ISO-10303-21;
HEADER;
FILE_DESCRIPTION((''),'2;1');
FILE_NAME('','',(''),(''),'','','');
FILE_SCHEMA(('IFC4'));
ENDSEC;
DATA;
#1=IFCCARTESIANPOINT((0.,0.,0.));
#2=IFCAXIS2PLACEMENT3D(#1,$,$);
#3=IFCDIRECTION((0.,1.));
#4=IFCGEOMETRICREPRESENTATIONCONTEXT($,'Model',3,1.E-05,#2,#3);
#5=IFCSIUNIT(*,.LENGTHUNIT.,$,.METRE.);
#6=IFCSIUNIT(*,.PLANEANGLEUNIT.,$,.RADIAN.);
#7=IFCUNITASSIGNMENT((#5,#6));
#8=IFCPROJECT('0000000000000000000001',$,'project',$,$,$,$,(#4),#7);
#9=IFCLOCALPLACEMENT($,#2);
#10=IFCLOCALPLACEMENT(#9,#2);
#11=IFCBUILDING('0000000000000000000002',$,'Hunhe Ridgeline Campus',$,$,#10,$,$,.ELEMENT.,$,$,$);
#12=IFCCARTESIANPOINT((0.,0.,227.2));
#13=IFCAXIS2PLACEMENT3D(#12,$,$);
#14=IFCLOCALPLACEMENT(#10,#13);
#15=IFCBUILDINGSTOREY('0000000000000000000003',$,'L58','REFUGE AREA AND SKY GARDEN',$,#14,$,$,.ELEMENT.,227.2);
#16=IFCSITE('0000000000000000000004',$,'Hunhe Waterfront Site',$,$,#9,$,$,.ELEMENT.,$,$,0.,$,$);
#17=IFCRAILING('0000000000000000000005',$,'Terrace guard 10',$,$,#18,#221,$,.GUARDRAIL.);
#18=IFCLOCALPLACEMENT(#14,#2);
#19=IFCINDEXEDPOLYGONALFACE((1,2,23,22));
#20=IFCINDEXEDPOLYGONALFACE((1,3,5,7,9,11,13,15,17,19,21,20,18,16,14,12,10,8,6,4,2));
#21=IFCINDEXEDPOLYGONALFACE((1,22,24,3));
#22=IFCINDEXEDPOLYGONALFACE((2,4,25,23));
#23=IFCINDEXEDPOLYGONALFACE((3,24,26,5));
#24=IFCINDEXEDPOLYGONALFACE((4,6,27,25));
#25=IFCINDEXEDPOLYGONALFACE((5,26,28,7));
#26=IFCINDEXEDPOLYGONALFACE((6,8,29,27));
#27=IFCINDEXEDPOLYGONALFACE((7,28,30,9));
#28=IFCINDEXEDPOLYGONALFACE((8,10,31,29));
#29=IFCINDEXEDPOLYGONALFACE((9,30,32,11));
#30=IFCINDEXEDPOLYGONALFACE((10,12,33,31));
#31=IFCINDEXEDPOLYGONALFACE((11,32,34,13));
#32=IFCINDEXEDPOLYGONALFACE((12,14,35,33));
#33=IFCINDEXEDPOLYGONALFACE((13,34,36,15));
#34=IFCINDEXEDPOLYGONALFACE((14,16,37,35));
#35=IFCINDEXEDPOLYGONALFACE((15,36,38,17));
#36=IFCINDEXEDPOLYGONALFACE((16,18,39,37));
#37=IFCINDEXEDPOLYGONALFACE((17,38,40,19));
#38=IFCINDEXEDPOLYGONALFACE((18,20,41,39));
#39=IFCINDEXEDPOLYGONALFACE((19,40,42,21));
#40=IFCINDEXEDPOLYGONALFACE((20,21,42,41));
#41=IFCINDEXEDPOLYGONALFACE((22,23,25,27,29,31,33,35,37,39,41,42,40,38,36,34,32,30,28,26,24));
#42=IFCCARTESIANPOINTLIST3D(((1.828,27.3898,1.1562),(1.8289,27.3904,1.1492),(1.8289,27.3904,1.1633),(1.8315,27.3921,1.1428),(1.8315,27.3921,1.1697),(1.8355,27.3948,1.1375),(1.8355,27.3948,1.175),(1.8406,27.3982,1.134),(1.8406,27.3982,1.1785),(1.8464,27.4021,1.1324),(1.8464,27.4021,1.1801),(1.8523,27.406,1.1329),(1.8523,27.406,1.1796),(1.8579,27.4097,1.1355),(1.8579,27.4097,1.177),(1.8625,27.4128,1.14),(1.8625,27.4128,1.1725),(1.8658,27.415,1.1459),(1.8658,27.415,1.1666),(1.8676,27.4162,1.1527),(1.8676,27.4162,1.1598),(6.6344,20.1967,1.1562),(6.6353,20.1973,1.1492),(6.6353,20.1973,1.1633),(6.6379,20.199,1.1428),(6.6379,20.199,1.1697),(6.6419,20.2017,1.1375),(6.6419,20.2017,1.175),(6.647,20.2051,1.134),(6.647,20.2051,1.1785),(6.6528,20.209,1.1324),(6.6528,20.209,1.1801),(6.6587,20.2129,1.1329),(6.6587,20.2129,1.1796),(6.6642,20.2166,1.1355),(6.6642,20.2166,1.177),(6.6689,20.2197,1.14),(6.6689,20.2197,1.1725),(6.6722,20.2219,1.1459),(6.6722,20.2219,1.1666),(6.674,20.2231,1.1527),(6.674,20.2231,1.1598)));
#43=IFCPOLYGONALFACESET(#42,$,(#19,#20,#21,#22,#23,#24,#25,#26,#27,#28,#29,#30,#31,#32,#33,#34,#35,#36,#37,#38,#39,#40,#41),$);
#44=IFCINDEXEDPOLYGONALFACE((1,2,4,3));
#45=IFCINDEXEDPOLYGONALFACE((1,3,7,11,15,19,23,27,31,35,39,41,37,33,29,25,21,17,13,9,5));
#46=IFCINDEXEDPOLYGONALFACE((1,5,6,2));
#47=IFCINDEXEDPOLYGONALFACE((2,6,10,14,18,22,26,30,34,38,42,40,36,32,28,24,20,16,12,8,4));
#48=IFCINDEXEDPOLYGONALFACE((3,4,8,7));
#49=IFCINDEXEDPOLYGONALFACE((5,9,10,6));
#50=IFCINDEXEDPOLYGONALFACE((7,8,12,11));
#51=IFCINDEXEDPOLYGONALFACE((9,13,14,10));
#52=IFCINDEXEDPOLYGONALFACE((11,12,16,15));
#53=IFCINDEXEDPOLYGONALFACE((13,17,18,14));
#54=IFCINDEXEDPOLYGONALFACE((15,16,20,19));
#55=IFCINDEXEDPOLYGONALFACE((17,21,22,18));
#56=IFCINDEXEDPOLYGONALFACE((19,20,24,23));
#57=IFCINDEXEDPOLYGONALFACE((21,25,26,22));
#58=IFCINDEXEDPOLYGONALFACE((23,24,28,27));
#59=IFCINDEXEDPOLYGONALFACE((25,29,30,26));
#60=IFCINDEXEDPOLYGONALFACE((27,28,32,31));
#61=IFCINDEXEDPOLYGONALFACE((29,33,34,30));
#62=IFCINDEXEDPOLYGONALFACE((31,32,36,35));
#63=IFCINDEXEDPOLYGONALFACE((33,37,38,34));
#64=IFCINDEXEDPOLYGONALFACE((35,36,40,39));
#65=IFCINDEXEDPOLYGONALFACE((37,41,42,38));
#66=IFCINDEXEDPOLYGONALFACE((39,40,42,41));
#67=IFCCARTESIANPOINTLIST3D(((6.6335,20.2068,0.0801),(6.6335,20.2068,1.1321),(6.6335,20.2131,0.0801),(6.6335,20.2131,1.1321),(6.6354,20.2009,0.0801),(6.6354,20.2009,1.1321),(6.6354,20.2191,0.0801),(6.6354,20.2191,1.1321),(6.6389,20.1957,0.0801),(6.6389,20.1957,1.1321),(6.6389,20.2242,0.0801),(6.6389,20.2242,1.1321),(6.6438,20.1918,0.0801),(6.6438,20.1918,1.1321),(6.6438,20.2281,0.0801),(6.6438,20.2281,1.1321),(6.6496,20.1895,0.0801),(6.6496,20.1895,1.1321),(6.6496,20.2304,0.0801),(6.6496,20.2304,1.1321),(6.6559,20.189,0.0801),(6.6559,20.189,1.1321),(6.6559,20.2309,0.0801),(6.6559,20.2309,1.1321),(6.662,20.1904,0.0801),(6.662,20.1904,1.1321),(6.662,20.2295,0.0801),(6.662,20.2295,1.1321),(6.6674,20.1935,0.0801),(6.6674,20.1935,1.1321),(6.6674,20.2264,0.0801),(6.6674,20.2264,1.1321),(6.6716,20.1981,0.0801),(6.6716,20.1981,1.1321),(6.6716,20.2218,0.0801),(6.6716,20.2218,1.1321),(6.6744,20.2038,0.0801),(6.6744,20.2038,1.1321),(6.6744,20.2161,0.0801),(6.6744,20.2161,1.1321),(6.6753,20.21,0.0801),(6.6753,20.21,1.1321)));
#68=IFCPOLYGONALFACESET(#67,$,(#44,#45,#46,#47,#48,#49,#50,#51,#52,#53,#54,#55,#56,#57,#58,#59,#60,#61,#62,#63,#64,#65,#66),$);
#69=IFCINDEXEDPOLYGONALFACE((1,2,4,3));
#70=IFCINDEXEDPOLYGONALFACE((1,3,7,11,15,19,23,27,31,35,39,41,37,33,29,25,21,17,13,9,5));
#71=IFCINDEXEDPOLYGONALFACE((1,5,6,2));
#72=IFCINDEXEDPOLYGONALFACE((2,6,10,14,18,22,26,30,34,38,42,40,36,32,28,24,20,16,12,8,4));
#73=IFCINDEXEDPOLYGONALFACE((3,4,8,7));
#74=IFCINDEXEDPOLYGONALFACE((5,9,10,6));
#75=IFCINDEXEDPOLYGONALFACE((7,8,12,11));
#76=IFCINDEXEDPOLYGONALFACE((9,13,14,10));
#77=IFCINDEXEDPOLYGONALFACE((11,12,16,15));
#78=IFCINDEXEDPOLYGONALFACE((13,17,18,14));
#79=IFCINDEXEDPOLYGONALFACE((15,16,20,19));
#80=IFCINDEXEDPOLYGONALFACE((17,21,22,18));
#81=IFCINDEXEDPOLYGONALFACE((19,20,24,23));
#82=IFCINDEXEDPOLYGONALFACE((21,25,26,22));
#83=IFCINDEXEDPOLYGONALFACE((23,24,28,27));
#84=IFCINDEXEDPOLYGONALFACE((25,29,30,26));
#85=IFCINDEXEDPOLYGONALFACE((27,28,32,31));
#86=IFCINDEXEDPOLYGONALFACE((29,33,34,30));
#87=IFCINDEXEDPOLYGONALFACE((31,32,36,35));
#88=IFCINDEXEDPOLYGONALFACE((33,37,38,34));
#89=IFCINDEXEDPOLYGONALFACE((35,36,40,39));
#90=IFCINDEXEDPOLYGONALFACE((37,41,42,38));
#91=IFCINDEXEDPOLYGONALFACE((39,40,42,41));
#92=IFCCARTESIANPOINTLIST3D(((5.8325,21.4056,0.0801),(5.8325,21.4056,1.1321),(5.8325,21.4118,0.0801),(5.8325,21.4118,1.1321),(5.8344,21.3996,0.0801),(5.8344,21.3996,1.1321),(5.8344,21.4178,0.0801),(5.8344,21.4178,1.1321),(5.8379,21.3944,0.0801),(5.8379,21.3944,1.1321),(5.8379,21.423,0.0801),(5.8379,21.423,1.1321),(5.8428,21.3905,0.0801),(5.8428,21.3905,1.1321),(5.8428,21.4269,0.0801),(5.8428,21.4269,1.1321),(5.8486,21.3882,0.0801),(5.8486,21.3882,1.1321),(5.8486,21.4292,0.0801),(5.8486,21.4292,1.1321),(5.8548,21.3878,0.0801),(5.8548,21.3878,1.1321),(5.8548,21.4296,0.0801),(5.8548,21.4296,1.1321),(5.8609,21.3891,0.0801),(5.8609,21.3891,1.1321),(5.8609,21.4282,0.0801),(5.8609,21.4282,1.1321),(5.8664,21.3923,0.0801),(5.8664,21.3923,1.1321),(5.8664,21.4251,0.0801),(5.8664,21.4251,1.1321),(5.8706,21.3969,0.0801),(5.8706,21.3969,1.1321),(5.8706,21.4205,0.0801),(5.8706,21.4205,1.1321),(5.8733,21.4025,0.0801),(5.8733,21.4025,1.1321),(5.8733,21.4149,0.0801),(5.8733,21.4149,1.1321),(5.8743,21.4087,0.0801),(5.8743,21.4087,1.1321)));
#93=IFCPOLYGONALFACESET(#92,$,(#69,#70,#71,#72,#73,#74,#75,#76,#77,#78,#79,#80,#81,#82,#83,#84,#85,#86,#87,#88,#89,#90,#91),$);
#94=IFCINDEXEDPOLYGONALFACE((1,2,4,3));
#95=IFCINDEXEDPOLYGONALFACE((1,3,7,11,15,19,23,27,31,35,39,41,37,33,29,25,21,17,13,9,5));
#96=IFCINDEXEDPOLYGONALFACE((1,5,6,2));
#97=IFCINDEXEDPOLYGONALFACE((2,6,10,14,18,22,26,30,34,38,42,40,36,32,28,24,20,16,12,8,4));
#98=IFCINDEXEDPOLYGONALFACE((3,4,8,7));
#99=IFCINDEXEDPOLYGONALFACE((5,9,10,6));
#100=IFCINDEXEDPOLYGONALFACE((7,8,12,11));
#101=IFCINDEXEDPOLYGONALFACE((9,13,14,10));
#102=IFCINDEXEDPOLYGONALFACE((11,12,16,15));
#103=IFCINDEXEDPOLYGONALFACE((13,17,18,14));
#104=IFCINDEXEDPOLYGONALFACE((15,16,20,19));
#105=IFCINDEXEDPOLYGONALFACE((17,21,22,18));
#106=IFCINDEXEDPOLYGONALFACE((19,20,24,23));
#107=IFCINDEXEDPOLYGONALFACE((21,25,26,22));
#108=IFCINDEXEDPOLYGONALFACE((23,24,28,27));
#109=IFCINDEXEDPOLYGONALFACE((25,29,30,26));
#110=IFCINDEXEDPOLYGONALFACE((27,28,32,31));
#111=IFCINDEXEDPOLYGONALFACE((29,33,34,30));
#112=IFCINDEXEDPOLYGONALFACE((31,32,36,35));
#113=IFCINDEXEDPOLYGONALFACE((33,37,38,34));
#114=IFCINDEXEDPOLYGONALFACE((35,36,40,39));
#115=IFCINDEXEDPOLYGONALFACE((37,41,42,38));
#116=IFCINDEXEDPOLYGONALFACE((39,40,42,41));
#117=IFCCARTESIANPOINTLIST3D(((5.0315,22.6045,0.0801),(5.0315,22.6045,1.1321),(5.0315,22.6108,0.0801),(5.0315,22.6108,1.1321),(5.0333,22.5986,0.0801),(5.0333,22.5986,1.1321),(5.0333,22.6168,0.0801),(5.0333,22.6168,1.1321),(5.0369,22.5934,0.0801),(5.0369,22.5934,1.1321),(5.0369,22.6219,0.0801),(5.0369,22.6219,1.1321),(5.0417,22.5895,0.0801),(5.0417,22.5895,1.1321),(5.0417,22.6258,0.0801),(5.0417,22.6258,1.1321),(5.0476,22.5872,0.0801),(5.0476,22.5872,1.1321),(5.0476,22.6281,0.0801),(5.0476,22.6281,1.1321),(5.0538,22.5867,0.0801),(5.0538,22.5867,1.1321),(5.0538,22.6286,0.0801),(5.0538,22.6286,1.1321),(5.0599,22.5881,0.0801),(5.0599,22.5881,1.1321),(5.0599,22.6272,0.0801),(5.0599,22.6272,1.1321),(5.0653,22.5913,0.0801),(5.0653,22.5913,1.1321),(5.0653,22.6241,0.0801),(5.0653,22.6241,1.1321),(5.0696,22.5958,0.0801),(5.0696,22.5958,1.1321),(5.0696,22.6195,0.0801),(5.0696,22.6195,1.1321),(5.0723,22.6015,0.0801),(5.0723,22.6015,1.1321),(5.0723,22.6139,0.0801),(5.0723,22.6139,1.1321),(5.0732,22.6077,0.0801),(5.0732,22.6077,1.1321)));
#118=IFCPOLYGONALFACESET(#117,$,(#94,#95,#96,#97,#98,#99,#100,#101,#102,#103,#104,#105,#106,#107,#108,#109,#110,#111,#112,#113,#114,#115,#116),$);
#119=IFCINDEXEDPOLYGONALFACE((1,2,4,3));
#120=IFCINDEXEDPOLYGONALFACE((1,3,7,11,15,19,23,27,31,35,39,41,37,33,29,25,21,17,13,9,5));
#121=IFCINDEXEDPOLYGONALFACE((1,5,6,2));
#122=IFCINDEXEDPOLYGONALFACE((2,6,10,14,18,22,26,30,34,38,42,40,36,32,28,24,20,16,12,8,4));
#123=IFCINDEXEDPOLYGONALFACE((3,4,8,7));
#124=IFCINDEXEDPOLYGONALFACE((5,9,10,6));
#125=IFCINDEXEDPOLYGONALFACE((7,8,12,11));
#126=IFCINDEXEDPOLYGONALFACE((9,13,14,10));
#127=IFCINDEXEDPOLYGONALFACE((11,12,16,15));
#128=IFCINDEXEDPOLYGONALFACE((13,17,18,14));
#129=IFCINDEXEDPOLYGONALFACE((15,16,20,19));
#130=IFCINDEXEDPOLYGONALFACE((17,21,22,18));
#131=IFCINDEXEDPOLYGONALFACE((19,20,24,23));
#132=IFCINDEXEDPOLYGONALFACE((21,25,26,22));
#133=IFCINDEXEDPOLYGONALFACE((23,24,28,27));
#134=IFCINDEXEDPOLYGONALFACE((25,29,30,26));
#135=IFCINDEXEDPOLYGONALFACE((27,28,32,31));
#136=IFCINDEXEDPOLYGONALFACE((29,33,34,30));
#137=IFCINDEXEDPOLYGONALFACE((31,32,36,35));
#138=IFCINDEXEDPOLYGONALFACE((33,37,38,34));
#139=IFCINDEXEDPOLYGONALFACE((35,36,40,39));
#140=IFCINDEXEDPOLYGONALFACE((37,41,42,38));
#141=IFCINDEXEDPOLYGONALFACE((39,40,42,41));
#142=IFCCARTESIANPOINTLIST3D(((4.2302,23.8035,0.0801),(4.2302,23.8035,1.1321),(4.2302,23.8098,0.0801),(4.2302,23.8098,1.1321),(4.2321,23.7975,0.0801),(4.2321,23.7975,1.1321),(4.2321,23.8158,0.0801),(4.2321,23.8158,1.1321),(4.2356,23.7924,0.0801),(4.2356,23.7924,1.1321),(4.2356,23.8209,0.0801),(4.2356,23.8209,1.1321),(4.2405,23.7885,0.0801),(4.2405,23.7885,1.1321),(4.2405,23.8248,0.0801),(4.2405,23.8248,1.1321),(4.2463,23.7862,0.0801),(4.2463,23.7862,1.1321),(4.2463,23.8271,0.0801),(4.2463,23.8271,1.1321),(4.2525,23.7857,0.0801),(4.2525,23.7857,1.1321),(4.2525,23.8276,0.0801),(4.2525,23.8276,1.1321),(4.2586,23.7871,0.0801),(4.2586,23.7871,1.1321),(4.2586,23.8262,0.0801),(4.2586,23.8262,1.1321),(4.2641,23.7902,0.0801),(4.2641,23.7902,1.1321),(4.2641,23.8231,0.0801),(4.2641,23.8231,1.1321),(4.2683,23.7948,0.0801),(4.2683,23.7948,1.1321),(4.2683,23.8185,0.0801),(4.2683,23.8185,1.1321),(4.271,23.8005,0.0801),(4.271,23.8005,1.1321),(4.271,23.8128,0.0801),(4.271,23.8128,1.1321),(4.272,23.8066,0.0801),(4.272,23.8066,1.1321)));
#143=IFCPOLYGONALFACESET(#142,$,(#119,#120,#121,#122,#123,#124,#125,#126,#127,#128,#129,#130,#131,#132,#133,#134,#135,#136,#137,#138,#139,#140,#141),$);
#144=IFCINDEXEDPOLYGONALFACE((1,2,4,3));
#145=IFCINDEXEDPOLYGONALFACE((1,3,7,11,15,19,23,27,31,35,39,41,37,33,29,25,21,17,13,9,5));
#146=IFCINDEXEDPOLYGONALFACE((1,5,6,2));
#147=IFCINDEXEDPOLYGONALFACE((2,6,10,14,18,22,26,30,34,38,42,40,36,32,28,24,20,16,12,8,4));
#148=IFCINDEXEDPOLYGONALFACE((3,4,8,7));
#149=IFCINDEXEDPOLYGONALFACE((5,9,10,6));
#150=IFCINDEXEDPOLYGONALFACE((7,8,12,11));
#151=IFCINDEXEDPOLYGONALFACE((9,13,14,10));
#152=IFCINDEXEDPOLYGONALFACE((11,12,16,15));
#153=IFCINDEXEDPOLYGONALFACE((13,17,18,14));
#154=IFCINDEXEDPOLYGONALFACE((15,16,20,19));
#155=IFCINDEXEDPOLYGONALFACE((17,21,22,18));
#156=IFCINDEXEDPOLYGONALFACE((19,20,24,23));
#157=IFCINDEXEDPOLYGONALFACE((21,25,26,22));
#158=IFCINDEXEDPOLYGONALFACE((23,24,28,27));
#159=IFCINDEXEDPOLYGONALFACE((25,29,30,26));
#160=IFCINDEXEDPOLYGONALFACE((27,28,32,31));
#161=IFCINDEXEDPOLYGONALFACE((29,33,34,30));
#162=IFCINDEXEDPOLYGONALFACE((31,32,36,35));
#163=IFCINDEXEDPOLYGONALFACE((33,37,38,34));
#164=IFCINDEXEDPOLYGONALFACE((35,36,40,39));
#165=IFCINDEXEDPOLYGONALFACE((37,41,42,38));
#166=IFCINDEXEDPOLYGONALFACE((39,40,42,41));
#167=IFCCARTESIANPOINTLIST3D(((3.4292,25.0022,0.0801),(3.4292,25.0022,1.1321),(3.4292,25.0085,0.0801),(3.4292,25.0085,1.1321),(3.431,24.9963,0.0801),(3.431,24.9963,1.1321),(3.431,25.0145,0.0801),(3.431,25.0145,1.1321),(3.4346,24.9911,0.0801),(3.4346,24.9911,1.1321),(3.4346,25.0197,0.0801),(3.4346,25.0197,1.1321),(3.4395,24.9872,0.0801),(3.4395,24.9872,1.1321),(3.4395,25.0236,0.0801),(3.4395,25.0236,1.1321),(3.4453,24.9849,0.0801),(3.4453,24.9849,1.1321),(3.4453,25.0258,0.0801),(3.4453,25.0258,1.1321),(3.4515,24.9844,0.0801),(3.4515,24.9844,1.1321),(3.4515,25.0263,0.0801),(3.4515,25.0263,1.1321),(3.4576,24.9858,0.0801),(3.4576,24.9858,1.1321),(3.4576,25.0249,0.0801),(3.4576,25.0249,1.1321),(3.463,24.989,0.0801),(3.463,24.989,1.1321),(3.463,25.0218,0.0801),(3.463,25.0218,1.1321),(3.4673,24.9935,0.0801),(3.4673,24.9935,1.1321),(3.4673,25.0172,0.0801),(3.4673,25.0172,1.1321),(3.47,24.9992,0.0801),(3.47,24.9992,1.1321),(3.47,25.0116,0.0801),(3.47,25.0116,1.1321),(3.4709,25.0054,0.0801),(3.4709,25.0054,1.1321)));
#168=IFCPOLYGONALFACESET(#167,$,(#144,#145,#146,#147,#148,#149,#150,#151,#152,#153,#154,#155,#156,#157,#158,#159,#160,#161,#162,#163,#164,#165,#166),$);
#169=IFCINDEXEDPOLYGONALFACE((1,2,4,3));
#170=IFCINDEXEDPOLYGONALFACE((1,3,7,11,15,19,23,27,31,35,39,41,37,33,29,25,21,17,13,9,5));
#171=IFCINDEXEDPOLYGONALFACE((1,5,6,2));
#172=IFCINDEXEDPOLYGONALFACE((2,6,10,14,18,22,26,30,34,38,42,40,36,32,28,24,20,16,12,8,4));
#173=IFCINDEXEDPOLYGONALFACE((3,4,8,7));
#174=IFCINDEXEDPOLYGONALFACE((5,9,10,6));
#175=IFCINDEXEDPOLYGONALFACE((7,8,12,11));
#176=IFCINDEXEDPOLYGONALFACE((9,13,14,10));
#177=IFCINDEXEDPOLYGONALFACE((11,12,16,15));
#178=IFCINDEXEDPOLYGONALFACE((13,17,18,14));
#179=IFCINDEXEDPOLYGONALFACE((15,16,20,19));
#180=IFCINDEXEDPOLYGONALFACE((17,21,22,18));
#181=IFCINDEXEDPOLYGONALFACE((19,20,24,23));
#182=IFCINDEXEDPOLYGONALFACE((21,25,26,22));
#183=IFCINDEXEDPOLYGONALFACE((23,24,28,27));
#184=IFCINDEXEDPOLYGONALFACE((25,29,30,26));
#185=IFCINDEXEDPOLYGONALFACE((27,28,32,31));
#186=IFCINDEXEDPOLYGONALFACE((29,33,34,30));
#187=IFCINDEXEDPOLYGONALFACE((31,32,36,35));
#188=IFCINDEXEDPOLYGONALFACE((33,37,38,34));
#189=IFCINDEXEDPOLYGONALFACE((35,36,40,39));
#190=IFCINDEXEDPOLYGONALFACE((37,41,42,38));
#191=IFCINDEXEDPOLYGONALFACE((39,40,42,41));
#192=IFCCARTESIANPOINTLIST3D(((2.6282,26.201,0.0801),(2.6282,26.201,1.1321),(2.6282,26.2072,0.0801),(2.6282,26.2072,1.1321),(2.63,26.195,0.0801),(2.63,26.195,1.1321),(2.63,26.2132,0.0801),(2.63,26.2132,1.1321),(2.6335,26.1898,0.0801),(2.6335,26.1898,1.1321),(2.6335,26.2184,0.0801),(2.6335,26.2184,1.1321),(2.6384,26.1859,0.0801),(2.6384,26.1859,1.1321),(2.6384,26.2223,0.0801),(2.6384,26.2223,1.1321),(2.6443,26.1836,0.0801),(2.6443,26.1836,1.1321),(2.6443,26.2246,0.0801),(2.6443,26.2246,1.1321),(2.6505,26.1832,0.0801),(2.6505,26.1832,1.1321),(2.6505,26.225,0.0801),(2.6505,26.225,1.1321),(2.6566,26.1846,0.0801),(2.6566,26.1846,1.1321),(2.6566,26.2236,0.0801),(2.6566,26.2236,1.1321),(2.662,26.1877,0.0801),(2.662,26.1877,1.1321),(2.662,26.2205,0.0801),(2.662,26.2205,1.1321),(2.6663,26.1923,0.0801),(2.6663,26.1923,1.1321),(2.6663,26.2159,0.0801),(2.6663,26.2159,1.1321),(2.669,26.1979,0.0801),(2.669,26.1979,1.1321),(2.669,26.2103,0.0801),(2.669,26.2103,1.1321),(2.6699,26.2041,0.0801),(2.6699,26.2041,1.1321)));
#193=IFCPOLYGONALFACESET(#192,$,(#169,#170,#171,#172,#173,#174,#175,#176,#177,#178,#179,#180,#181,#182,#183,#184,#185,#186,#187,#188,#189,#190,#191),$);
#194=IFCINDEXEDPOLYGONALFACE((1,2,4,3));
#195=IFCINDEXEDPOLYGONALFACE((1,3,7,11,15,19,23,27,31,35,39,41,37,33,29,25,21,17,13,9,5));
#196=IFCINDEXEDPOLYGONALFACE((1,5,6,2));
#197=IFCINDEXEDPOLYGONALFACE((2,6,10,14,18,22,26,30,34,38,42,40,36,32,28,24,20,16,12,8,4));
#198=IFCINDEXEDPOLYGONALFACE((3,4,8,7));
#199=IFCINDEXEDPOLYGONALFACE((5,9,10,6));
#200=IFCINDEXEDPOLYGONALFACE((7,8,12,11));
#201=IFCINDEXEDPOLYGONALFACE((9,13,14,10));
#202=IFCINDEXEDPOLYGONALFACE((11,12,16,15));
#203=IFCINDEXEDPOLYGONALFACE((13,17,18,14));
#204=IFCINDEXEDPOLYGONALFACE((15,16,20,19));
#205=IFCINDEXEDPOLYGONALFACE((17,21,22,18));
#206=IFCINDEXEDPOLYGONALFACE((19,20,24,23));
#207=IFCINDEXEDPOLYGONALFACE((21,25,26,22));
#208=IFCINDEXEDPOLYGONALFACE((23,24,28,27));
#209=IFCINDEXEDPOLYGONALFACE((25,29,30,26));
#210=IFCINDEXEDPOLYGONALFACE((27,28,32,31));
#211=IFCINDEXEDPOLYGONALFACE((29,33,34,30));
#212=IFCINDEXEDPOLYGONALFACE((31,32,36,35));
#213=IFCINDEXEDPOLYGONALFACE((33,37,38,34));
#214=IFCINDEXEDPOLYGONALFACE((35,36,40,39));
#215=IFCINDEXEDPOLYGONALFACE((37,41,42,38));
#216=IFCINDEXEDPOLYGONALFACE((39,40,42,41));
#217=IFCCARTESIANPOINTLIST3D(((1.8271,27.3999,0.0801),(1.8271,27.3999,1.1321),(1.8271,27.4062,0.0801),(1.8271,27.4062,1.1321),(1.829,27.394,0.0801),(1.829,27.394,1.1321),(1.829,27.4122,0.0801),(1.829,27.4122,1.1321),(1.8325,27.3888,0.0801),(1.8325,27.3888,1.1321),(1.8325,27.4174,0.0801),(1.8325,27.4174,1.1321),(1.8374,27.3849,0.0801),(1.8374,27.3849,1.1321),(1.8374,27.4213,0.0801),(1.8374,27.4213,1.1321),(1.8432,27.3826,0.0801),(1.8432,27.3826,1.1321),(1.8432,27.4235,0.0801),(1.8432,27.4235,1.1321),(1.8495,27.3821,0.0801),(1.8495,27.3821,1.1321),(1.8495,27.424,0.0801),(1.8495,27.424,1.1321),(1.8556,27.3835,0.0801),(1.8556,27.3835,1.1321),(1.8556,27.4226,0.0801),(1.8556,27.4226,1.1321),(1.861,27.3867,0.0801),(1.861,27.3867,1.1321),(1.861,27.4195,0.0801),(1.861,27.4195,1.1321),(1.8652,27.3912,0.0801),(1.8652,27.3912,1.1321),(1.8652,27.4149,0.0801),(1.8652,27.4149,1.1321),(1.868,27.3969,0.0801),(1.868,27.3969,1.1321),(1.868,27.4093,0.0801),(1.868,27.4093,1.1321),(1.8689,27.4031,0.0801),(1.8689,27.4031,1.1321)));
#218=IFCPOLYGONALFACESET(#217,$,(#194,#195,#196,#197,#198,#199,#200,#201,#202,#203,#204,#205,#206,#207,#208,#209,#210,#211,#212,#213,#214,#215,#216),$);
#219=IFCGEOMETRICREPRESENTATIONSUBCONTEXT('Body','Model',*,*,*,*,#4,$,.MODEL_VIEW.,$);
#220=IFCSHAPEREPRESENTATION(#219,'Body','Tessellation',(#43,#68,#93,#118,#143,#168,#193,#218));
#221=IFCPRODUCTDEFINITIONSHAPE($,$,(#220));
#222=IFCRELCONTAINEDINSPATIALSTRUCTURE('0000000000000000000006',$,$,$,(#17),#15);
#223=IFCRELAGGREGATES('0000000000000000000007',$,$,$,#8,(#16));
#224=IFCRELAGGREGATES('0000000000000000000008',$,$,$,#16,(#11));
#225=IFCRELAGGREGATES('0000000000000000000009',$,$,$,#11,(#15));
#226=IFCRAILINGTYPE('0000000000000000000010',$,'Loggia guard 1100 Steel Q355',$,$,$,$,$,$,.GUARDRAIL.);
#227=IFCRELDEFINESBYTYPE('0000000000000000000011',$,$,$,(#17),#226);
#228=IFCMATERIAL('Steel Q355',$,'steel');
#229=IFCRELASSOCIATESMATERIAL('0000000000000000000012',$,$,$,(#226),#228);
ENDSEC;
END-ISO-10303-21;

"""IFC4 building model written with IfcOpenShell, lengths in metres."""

from ifc_helpers import new_model, si_unit, direction, frame, origin, origin_2d, place, context, subcontext, project, spatial, circle, extrude, material, type_object, element, save


model = new_model("IFC4")

# Units and contexts
model_context = context("Model", 3, precision=1e-05, world=origin(), true_north=direction((0.0, 1.0)))
body_context = subcontext(model_context, "Body", "Model", "MODEL_VIEW")
ifc_project = project(units=[si_unit("LENGTHUNIT", "METRE"), si_unit("PLANEANGLEUNIT", "RADIAN")], contexts=[model_context])

# Site, building, storey
site_placement = place(None, origin())
site = spatial("IfcSite", under=ifc_project, at=site_placement, Name="Hunhe Waterfront Site", CompositionType="ELEMENT", RefElevation=0.0)
building_placement = place(site_placement, origin())
building = spatial("IfcBuilding", under=site, at=building_placement, Name="Hunhe Ridgeline Campus", CompositionType="ELEMENT")
storey_placement = place(building_placement, frame((0.0, 0.0, 227.2)))
storey = spatial("IfcBuildingStorey", under=building, at=storey_placement, Name="L58", Description="REFUGE AREA AND SKY GARDEN", CompositionType="ELEMENT", Elevation=227.2)

# Railing
ifc_material_1 = material(Name="Steel Q355", Category="steel")
railing_type = type_object("IfcRailingType", Name="Loggia guard 1100 Steel Q355", PredefinedType="GUARDRAIL", material=ifc_material_1)
railing_1_placement = place(storey_placement, frame((6.6543, 20.21, 0.0801)))
element("IfcRailing", 1, at=railing_1_placement, inside=storey, type_object=railing_type, Name="Terrace guard 10", PredefinedType="GUARDRAIL", context=body_context, shape_type="SweptSolid", body=[
    extrude(circle(Radius=0.0239, at=origin_2d()), frame((0.0, 0.0, 1.0762), z_axis=(-0.555579, 0.831464, 0.0), x_axis=(-0.831464, -0.555579, 0.0)), (0.0, 0.0, 1.0), 8.6511),
    extrude(circle(Radius=0.021, at=origin_2d()), origin(), (0.0, 0.0, 1.0), 1.052),
    extrude(circle(Radius=0.021, at=origin_2d()), frame((-0.801, 1.1987, 0.0)), (0.0, 0.0, 1.0), 1.052),
    extrude(circle(Radius=0.021, at=origin_2d()), frame((-1.6021, 2.3977, 0.0)), (0.0, 0.0, 1.0), 1.052),
    extrude(circle(Radius=0.021, at=origin_2d()), frame((-2.4033, 3.5967, 0.0)), (0.0, 0.0, 1.0), 1.052),
    extrude(circle(Radius=0.021, at=origin_2d()), frame((-3.2043, 4.7954, 0.0)), (0.0, 0.0, 1.0), 1.052),
    extrude(circle(Radius=0.021, at=origin_2d()), frame((-4.0054, 5.9941, 0.0)), (0.0, 0.0, 1.0), 1.052),
    extrude(circle(Radius=0.021, at=origin_2d()), frame((-4.8064, 7.1931, 0.0)), (0.0, 0.0, 1.0), 1.052),
])

save(model, "model.ifc")
